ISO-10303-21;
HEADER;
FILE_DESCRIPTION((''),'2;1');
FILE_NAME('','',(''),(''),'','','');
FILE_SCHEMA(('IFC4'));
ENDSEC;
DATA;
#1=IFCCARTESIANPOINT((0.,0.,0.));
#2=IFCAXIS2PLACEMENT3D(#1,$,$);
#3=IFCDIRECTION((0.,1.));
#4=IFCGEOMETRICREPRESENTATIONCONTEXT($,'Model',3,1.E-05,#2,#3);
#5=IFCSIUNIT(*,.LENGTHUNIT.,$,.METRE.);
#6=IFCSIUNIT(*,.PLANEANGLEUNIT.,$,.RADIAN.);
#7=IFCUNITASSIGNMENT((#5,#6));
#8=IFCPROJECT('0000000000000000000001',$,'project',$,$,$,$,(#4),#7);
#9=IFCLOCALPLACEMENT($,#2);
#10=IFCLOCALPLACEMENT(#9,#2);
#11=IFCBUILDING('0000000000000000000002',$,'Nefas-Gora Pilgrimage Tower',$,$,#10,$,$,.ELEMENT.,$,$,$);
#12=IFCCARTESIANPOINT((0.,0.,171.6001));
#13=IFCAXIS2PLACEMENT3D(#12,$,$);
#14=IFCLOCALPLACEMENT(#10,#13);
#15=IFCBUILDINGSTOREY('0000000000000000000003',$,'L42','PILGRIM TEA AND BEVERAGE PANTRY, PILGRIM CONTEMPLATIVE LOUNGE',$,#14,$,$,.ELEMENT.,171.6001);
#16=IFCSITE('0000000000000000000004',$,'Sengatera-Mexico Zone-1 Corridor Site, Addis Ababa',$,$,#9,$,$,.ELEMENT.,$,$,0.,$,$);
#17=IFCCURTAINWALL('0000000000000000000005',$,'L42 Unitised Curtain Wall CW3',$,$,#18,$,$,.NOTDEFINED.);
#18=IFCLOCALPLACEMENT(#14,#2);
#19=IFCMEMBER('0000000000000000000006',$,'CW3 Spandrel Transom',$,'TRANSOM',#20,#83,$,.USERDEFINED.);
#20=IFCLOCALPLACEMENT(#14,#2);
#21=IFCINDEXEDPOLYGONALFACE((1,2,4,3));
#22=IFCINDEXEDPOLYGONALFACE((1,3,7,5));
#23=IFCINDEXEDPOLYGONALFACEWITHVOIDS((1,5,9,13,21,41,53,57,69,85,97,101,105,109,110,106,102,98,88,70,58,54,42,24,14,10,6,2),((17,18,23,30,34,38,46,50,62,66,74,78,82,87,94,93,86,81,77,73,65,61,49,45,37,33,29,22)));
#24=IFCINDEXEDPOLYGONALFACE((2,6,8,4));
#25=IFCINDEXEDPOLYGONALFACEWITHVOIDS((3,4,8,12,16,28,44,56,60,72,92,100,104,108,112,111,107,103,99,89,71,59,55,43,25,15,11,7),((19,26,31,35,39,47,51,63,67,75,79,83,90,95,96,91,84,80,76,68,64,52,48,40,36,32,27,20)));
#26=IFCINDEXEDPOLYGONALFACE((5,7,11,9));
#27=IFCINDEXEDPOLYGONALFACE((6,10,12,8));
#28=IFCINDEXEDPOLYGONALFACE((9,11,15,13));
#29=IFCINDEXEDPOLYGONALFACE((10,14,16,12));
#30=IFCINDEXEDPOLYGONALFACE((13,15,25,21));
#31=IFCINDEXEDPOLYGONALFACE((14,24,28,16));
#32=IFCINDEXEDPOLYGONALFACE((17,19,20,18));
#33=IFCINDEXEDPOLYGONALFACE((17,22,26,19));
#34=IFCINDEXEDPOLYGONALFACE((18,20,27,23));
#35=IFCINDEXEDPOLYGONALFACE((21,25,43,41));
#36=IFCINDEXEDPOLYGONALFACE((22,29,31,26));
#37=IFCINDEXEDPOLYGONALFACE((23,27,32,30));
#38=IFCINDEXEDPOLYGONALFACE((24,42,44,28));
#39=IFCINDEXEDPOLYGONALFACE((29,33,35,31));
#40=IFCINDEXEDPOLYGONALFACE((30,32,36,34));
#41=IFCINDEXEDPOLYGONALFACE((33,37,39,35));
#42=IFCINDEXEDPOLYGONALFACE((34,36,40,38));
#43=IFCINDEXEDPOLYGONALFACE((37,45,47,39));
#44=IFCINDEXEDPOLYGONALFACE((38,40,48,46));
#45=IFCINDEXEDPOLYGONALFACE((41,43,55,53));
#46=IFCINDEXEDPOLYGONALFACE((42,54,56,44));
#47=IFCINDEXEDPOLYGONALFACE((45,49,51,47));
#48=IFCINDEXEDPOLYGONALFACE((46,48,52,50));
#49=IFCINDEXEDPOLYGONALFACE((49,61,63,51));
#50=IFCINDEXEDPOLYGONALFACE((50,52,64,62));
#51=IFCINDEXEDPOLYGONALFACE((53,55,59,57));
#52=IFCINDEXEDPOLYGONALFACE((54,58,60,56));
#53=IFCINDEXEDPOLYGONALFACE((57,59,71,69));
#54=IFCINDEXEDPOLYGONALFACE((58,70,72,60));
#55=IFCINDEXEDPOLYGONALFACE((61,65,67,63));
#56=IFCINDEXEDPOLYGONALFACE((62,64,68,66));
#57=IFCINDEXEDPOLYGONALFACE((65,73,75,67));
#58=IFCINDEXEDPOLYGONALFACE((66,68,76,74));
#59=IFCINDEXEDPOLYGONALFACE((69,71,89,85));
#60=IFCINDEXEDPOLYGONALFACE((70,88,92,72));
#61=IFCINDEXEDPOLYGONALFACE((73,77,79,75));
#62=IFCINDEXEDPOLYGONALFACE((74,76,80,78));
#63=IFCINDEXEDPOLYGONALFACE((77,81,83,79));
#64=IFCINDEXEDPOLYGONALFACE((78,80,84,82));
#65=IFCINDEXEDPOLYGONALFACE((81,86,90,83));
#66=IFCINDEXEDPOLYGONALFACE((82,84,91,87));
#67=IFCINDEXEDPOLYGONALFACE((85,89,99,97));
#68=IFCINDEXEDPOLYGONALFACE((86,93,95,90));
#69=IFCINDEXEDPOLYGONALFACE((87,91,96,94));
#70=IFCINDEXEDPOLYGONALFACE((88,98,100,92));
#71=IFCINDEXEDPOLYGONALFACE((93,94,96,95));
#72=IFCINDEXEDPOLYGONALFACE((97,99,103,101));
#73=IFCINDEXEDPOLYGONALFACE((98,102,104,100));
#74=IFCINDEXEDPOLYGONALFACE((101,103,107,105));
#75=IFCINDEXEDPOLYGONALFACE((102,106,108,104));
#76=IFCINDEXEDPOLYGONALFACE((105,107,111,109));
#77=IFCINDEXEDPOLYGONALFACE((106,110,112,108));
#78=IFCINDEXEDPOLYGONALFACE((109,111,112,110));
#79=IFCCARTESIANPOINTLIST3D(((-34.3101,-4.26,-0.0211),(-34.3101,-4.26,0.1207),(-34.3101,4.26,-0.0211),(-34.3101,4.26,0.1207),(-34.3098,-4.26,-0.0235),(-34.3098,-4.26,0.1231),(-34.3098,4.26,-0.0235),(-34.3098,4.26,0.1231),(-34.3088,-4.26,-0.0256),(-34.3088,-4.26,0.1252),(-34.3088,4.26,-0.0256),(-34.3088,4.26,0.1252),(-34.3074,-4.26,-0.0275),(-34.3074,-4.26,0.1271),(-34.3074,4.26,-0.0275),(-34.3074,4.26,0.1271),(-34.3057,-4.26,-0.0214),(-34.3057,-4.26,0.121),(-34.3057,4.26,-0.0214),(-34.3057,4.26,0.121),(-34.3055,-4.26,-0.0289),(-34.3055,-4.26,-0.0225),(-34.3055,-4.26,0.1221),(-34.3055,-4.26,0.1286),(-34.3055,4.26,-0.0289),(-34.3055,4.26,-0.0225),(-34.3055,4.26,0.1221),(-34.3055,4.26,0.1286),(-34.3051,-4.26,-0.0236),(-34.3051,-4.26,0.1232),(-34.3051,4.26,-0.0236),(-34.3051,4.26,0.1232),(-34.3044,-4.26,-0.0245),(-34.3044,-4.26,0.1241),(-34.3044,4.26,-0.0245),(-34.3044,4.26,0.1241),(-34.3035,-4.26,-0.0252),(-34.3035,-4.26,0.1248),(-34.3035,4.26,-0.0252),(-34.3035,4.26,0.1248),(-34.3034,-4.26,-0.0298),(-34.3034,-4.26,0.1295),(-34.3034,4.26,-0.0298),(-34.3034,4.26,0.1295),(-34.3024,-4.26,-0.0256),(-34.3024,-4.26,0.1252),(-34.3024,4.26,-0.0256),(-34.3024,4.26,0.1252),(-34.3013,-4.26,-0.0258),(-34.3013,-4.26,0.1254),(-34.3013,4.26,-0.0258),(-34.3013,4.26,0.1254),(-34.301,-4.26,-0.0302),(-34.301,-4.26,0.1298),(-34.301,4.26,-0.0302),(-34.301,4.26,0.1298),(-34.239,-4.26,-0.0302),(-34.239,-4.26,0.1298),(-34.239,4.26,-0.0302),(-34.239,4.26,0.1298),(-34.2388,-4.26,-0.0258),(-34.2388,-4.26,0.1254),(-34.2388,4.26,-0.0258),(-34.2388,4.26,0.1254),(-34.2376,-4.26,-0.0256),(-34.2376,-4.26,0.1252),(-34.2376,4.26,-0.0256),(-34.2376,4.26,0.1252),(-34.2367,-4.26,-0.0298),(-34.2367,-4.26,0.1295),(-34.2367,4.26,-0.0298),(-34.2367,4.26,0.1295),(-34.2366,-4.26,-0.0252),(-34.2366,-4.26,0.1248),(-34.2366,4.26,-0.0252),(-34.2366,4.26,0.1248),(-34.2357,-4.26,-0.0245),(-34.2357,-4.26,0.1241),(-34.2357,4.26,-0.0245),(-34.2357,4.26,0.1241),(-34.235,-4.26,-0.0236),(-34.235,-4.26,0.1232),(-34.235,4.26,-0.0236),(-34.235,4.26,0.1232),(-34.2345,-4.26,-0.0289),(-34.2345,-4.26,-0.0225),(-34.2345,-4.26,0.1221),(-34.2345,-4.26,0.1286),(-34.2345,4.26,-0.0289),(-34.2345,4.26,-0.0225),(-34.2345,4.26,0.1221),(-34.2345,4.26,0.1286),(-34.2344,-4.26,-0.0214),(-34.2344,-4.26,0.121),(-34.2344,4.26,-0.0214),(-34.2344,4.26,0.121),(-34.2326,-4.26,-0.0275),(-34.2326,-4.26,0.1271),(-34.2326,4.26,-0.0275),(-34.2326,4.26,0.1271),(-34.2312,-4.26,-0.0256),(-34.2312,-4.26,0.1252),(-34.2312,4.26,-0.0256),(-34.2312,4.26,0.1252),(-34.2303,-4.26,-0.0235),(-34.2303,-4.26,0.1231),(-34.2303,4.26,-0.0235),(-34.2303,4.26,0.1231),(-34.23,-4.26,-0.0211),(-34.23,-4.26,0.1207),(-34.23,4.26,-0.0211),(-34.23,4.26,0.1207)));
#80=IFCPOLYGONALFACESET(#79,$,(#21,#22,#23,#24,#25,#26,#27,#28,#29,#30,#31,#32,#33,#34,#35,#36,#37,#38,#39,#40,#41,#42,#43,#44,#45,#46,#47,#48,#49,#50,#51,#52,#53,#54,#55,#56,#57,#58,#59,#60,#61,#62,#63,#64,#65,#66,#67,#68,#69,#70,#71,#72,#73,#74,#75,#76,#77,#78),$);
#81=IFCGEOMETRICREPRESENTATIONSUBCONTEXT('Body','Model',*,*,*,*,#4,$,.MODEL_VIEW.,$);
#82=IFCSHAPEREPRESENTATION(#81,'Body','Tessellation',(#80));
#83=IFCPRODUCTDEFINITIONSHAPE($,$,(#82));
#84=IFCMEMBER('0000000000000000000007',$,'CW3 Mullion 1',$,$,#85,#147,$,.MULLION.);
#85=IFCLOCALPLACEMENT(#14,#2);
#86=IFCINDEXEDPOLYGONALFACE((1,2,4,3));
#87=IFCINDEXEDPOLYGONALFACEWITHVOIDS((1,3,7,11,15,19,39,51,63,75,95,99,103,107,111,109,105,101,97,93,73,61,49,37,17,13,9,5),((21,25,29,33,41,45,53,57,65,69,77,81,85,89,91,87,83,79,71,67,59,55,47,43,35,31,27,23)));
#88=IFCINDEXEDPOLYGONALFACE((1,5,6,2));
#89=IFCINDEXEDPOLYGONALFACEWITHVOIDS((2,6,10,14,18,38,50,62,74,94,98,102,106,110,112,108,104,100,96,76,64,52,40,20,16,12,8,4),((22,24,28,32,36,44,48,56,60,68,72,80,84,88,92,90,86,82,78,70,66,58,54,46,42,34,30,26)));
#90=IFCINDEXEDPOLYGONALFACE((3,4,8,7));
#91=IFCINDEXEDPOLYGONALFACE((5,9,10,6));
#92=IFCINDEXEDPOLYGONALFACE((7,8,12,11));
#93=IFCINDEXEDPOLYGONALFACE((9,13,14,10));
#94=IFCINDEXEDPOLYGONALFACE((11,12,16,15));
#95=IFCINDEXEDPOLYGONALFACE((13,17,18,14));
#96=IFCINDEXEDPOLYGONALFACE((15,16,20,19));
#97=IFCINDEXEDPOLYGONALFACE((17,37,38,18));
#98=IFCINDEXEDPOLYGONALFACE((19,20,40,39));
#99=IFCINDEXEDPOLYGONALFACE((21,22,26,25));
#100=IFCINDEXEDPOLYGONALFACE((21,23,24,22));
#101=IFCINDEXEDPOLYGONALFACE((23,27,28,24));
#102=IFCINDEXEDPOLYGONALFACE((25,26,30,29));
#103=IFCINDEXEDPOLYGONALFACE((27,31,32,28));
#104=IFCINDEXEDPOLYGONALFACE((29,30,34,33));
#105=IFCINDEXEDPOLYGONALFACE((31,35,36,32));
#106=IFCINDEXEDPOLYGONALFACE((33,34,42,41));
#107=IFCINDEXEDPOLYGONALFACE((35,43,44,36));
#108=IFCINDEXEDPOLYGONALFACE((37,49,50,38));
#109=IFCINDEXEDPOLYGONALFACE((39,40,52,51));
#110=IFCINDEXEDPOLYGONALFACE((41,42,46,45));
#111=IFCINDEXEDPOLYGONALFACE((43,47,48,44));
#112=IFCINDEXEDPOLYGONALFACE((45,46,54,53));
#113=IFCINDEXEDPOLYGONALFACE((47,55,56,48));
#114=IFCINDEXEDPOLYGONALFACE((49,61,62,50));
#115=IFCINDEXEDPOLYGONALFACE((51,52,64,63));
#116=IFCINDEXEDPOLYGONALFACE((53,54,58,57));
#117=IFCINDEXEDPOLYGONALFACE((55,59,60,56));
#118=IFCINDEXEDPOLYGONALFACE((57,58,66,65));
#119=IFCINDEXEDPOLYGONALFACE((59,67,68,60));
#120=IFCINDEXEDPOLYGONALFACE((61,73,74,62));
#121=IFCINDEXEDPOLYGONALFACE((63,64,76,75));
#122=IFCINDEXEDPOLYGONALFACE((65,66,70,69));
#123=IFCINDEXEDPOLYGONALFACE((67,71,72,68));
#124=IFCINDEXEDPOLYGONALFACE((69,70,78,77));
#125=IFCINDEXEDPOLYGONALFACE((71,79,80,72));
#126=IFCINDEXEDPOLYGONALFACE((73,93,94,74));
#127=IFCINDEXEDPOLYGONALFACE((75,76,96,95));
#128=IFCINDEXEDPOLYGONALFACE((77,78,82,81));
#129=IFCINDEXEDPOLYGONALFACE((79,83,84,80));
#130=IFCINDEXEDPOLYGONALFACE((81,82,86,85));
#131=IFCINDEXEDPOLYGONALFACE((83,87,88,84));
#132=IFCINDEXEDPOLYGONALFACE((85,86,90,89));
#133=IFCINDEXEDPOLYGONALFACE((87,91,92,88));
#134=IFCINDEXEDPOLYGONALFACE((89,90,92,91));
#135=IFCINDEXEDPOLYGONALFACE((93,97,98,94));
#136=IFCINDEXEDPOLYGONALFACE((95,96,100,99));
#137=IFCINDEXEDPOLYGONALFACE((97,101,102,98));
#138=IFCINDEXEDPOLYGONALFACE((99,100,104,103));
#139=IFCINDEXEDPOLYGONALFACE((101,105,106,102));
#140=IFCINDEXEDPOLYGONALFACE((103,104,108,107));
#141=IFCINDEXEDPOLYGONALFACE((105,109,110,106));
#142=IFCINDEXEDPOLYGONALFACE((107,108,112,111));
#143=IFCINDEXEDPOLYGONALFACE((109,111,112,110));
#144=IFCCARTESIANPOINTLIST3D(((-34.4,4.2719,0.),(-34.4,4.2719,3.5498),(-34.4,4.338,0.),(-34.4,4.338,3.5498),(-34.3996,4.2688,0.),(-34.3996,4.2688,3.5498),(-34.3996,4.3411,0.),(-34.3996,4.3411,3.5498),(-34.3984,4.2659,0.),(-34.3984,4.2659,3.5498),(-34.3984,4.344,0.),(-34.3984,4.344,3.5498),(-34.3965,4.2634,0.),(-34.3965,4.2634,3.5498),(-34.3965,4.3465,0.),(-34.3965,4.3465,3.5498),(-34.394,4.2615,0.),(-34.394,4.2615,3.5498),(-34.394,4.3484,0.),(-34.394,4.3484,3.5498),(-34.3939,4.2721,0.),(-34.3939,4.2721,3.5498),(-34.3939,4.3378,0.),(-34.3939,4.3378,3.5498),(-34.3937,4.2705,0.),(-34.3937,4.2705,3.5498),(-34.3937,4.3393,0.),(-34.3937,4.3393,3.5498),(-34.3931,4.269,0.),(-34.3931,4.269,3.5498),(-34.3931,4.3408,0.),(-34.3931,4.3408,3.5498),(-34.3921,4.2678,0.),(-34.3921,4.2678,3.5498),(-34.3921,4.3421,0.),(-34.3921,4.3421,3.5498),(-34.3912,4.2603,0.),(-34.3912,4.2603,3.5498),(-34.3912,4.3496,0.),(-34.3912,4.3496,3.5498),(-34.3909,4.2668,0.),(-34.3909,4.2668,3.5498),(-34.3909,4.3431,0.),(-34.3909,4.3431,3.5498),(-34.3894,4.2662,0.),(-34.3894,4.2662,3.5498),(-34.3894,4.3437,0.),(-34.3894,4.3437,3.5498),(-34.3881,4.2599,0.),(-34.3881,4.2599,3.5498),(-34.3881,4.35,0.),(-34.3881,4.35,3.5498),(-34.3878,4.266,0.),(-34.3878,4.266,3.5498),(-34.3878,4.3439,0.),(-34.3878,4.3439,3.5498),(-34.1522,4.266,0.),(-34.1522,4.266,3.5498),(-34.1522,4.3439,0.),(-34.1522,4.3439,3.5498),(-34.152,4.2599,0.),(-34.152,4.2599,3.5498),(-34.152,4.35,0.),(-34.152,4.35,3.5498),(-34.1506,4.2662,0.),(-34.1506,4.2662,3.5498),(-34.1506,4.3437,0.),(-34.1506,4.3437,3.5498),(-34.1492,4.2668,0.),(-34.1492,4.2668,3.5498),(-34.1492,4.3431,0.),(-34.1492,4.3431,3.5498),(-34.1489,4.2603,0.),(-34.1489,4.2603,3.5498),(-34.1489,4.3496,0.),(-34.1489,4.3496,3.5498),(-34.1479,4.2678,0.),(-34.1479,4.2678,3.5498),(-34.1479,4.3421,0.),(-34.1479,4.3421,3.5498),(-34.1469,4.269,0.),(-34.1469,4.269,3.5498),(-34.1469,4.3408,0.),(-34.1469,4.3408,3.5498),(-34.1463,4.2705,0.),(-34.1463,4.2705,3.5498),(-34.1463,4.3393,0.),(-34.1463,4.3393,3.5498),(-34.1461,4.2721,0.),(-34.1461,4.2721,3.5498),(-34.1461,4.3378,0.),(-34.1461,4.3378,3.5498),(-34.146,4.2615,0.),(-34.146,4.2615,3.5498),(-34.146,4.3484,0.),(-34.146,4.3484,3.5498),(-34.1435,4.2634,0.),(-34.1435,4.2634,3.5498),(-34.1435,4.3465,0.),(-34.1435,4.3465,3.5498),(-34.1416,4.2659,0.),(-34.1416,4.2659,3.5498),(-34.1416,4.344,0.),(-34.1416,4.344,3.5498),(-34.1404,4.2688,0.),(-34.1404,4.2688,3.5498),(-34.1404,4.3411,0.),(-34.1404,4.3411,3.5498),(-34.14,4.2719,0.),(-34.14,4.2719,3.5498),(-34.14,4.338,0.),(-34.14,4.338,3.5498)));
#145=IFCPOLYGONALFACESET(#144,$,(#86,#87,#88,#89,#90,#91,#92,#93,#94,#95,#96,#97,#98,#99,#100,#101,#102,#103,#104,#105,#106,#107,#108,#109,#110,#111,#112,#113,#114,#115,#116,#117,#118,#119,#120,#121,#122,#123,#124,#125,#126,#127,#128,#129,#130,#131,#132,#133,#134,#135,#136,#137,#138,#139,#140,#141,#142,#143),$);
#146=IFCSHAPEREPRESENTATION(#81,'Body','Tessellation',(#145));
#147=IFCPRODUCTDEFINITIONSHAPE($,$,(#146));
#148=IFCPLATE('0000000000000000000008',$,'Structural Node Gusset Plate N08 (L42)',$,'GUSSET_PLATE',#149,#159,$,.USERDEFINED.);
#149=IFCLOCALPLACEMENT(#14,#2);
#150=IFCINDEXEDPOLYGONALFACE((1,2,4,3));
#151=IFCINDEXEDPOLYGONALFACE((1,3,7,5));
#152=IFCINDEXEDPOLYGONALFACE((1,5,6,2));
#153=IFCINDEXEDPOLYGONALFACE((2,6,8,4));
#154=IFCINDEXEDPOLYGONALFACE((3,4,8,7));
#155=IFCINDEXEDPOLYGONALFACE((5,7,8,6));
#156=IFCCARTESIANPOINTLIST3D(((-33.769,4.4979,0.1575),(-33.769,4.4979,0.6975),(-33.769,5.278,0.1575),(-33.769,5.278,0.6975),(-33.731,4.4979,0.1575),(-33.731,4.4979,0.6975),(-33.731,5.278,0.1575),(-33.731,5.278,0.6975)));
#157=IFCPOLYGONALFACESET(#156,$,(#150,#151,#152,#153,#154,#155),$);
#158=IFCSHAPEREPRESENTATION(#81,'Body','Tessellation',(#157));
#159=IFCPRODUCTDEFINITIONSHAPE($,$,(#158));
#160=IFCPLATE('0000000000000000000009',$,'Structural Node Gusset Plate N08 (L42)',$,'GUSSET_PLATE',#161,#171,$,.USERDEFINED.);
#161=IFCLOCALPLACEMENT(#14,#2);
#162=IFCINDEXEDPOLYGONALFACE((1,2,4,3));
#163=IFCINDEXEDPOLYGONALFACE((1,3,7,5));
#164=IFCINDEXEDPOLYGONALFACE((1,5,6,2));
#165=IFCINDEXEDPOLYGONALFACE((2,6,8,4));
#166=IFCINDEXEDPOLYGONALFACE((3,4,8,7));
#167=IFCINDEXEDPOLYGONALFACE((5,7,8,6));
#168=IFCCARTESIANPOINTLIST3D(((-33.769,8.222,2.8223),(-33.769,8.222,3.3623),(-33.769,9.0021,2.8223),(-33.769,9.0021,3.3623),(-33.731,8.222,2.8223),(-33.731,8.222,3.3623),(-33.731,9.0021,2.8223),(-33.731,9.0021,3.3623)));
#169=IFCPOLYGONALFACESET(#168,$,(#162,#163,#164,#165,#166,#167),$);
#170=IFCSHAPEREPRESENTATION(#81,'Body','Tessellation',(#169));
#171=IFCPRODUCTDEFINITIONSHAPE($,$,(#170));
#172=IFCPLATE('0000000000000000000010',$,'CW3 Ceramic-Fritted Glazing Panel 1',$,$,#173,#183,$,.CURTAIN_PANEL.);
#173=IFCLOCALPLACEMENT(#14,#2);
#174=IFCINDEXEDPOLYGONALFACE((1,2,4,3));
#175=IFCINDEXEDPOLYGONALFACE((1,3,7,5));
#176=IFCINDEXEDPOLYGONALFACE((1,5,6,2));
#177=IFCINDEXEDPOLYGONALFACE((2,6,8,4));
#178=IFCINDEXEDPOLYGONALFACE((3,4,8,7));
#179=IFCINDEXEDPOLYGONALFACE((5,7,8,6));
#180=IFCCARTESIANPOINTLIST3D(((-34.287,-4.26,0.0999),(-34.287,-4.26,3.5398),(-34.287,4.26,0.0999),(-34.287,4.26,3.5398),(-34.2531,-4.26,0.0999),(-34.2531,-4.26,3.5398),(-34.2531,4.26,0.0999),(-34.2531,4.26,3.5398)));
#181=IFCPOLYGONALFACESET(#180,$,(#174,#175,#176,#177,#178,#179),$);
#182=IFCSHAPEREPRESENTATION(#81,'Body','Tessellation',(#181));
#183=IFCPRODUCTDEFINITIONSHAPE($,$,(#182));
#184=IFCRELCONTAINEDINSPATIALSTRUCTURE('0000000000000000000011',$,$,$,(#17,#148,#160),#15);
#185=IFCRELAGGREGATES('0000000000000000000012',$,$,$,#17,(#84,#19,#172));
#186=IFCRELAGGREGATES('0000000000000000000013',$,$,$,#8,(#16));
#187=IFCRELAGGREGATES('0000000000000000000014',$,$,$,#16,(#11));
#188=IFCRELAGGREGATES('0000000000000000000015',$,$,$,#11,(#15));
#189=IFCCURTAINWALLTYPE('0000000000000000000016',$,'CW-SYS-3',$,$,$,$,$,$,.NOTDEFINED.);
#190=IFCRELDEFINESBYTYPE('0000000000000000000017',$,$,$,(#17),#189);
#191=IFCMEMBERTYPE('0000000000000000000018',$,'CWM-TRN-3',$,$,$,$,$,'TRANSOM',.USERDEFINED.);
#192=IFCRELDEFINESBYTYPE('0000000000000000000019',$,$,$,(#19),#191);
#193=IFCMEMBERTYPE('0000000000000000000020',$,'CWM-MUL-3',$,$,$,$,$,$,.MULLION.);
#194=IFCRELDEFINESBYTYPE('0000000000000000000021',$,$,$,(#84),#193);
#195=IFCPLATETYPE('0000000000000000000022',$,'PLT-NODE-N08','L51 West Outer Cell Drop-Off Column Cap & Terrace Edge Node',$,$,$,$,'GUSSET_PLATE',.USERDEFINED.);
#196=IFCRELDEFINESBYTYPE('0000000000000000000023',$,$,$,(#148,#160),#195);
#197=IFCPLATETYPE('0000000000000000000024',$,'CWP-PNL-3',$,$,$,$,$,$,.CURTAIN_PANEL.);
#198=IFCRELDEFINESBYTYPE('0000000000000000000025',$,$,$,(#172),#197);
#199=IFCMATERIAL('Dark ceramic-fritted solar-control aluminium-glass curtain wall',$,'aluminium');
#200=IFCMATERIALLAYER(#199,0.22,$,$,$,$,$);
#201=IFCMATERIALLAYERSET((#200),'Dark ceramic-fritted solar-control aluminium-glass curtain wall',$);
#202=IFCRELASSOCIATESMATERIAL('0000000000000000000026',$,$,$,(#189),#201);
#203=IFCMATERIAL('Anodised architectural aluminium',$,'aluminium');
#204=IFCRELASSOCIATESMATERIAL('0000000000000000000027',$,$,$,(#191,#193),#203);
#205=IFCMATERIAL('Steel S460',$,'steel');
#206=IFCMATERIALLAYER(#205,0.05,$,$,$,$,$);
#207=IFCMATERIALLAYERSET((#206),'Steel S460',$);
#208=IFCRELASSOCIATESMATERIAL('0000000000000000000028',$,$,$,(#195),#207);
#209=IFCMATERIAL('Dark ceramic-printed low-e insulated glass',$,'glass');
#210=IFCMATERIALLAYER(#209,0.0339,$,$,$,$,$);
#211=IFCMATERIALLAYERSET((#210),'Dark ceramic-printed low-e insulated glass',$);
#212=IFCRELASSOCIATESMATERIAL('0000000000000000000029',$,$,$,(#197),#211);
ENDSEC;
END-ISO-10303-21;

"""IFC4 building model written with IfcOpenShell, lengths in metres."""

from ifc_helpers import new_model, si_unit, direction, frame, origin, origin_2d, place, context, subcontext, project, spatial, rectangle, hollow_rectangle, extrude, source, transform, mapped, material, layer, layer_set, material_profile, profile_set, type_object, element, aggregate, save


model = new_model("IFC4")

# Units and contexts
model_context = context("Model", 3, precision=1e-05, world=origin(), true_north=direction((0.0, 1.0)))
body_context = subcontext(model_context, "Body", "Model", "MODEL_VIEW")
ifc_project = project(units=[si_unit("LENGTHUNIT", "METRE"), si_unit("PLANEANGLEUNIT", "RADIAN")], contexts=[model_context])

# Site, building, storey
site_placement = place(None, origin())
site = spatial("IfcSite", under=ifc_project, at=site_placement, Name="Sengatera-Mexico Zone-1 Corridor Site, Addis Ababa", CompositionType="ELEMENT", RefElevation=0.0)
building_placement = place(site_placement, origin())
building = spatial("IfcBuilding", under=site, at=building_placement, Name="Nefas-Gora Pilgrimage Tower", CompositionType="ELEMENT")
storey_placement = place(building_placement, frame((0.0, 0.0, 171.6001)))
storey = spatial("IfcBuildingStorey", under=building, at=storey_placement, Name="L42", Description="PILGRIM TEA AND BEVERAGE PANTRY, PILGRIM CONTEMPLATIVE LOUNGE", CompositionType="ELEMENT", Elevation=171.6001)

# Shared definitions
ifc_material_1 = material(Name="Steel S460", Category="steel")

# Curtain wall, members
ifc_material_2 = material(Name="Dark ceramic-fritted solar-control aluminium-glass curtain wall", Category="aluminium")
ifc_layer_1 = layer(ifc_material_2, 0.22)
ifc_layer_set_1 = layer_set([ifc_layer_1], Name="Dark ceramic-fritted solar-control aluminium-glass curtain wall")
curtain_wall_type = type_object("IfcCurtainWallType", Name="CW-SYS-3", PredefinedType="NOTDEFINED", material=ifc_layer_set_1)
curtain_wall_placement = place(storey_placement, origin())
curtain_wall = element("IfcCurtainWall", 1, at=curtain_wall_placement, inside=storey, type_object=curtain_wall_type, Name="L42 Unitised Curtain Wall CW3", PredefinedType="NOTDEFINED")
ifc_material_3 = material(Name="Anodised architectural aluminium", Category="aluminium")
ifc_material_profile_1 = material_profile(ifc_material_3, hollow_rectangle(XDim=0.0801, YDim=0.1599, WallThickness=0.0044, InnerFilletRadius=0.0044, OuterFilletRadius=0.009, at=origin_2d()), Name="ALU TRANSOM 80x160")
ifc_profile_set_1 = profile_set([ifc_material_profile_1], Name="Anodised architectural aluminium")
member_type_1 = type_object("IfcMemberType", Name="CWM-TRN-3", ElementType="TRANSOM", PredefinedType="USERDEFINED", material=ifc_profile_set_1)
shared_shape_1 = source(origin(), body_context, "Body", "SweptSolid", [
    extrude(hollow_rectangle(XDim=0.0801, YDim=0.1599, WallThickness=0.0044, InnerFilletRadius=0.0044, OuterFilletRadius=0.009, at=origin_2d()), origin(), (0.0, 0.0, 1.0), 8.52),
])
member_1_placement = place(storey_placement, frame((-34.27, 4.26, 0.0498), z_axis=(0.0, -1.0, 0.0), x_axis=(1.0, 0.0, 0.0)))
member_1 = element("IfcMember", 2, at=member_1_placement, type_object=member_type_1, Name="CW3 Spandrel Transom", ObjectType="TRANSOM", PredefinedType="USERDEFINED", context=body_context, shape_type="MappedRepresentation", body=[
    mapped(shared_shape_1, transform((0.0, 0.0, 0.0), x_axis=(1.0, 0.0, 0.0), y_axis=(0.0, 1.0, 0.0), z_axis=(0.0, 0.0, 1.0), scale=1.0)),
])
ifc_material_profile_2 = material_profile(ifc_material_3, hollow_rectangle(XDim=0.0901, YDim=0.26, WallThickness=0.0061, InnerFilletRadius=0.0061, OuterFilletRadius=0.012, at=origin_2d()), Name="ALU MULLION 90x260")
ifc_profile_set_2 = profile_set([ifc_material_profile_2], Name="Anodised architectural aluminium")
member_type_2 = type_object("IfcMemberType", Name="CWM-MUL-3", PredefinedType="MULLION", material=ifc_profile_set_2)
shared_shape_2 = source(origin(), body_context, "Body", "SweptSolid", [
    extrude(hollow_rectangle(XDim=0.0901, YDim=0.26, WallThickness=0.0061, InnerFilletRadius=0.0061, OuterFilletRadius=0.012, at=origin_2d()), origin(), (0.0, 0.0, 1.0), 3.5498),
])
member_2_placement = place(storey_placement, frame((-34.27, 4.3049, 0.0), z_axis=(0.0, 0.0, 1.0), x_axis=(0.0, -1.0, 0.0)))
member_2 = element("IfcMember", 3, at=member_2_placement, type_object=member_type_2, Name="CW3 Mullion 1", PredefinedType="MULLION", context=body_context, shape_type="MappedRepresentation", body=[
    mapped(shared_shape_2, transform((0.0, 0.0, 0.0), x_axis=(1.0, 0.0, 0.0), y_axis=(0.0, 1.0, 0.0), z_axis=(0.0, 0.0, 1.0), scale=1.0)),
])

# Plates
ifc_layer_2 = layer(ifc_material_1, 0.05)
ifc_layer_set_2 = layer_set([ifc_layer_2], Name="Steel S460")
plate_type_1 = type_object("IfcPlateType", Name="PLT-NODE-N08", Description="L51 West Outer Cell Drop-Off Column Cap & Terrace Edge Node", ElementType="GUSSET_PLATE", PredefinedType="USERDEFINED", material=ifc_layer_set_2)
shared_shape_3 = source(origin(), body_context, "Body", "SweptSolid", [
    extrude(rectangle(XDim=0.78, YDim=0.0381, at=origin_2d()), origin(), (0.0, 0.0, 1.0), 0.54),
])
for number, where, z_axis, x_axis, name in (
    (4, (-33.75, 4.8879, 0.1575), (0.0, 0.0, 1.0), (0.0, 1.0, 0.0), "Structural Node Gusset Plate N08 (L42)"),
    (5, (-33.75, 8.6121, 2.8223), (0.0, 0.0, 1.0), (0.0, 1.0, 0.0), "Structural Node Gusset Plate N08 (L42)"),
):
    element("IfcPlate", number, at=place(storey_placement, frame(where, z_axis=z_axis, x_axis=x_axis)), inside=storey, type_object=plate_type_1, Name=name, ObjectType="GUSSET_PLATE", PredefinedType="USERDEFINED", context=body_context, shape_type="MappedRepresentation", body=[
        mapped(shared_shape_3, transform((0.0, 0.0, 0.0), x_axis=(1.0, 0.0, 0.0), y_axis=(0.0, 1.0, 0.0), z_axis=(0.0, 0.0, 1.0), scale=1.0)),
    ])

# Plate
ifc_material_4 = material(Name="Dark ceramic-printed low-e insulated glass", Category="glass")
ifc_layer_3 = layer(ifc_material_4, 0.0339)
ifc_layer_set_3 = layer_set([ifc_layer_3], Name="Dark ceramic-printed low-e insulated glass")
plate_type_2 = type_object("IfcPlateType", Name="CWP-PNL-3", PredefinedType="CURTAIN_PANEL", material=ifc_layer_set_3)
shared_shape_4 = source(origin(), body_context, "Body", "SweptSolid", [
    extrude(rectangle(XDim=8.52, YDim=0.0339, at=origin_2d()), origin(), (0.0, 0.0, 1.0), 3.4399),
])
plate_placement = place(storey_placement, frame((-34.27, 0.0, 0.0999), z_axis=(0.0, 0.0, 1.0), x_axis=(0.0, -1.0, 0.0)))
plate = element("IfcPlate", 6, at=plate_placement, type_object=plate_type_2, Name="CW3 Ceramic-Fritted Glazing Panel 1", PredefinedType="CURTAIN_PANEL", context=body_context, shape_type="MappedRepresentation", body=[
    mapped(shared_shape_4, transform((0.0, 0.0, 0.0), x_axis=(1.0, 0.0, 0.0), y_axis=(0.0, 1.0, 0.0), z_axis=(0.0, 0.0, 1.0), scale=1.0)),
])
aggregate(curtain_wall, [member_2, member_1, plate])

save(model, "model.ifc")
